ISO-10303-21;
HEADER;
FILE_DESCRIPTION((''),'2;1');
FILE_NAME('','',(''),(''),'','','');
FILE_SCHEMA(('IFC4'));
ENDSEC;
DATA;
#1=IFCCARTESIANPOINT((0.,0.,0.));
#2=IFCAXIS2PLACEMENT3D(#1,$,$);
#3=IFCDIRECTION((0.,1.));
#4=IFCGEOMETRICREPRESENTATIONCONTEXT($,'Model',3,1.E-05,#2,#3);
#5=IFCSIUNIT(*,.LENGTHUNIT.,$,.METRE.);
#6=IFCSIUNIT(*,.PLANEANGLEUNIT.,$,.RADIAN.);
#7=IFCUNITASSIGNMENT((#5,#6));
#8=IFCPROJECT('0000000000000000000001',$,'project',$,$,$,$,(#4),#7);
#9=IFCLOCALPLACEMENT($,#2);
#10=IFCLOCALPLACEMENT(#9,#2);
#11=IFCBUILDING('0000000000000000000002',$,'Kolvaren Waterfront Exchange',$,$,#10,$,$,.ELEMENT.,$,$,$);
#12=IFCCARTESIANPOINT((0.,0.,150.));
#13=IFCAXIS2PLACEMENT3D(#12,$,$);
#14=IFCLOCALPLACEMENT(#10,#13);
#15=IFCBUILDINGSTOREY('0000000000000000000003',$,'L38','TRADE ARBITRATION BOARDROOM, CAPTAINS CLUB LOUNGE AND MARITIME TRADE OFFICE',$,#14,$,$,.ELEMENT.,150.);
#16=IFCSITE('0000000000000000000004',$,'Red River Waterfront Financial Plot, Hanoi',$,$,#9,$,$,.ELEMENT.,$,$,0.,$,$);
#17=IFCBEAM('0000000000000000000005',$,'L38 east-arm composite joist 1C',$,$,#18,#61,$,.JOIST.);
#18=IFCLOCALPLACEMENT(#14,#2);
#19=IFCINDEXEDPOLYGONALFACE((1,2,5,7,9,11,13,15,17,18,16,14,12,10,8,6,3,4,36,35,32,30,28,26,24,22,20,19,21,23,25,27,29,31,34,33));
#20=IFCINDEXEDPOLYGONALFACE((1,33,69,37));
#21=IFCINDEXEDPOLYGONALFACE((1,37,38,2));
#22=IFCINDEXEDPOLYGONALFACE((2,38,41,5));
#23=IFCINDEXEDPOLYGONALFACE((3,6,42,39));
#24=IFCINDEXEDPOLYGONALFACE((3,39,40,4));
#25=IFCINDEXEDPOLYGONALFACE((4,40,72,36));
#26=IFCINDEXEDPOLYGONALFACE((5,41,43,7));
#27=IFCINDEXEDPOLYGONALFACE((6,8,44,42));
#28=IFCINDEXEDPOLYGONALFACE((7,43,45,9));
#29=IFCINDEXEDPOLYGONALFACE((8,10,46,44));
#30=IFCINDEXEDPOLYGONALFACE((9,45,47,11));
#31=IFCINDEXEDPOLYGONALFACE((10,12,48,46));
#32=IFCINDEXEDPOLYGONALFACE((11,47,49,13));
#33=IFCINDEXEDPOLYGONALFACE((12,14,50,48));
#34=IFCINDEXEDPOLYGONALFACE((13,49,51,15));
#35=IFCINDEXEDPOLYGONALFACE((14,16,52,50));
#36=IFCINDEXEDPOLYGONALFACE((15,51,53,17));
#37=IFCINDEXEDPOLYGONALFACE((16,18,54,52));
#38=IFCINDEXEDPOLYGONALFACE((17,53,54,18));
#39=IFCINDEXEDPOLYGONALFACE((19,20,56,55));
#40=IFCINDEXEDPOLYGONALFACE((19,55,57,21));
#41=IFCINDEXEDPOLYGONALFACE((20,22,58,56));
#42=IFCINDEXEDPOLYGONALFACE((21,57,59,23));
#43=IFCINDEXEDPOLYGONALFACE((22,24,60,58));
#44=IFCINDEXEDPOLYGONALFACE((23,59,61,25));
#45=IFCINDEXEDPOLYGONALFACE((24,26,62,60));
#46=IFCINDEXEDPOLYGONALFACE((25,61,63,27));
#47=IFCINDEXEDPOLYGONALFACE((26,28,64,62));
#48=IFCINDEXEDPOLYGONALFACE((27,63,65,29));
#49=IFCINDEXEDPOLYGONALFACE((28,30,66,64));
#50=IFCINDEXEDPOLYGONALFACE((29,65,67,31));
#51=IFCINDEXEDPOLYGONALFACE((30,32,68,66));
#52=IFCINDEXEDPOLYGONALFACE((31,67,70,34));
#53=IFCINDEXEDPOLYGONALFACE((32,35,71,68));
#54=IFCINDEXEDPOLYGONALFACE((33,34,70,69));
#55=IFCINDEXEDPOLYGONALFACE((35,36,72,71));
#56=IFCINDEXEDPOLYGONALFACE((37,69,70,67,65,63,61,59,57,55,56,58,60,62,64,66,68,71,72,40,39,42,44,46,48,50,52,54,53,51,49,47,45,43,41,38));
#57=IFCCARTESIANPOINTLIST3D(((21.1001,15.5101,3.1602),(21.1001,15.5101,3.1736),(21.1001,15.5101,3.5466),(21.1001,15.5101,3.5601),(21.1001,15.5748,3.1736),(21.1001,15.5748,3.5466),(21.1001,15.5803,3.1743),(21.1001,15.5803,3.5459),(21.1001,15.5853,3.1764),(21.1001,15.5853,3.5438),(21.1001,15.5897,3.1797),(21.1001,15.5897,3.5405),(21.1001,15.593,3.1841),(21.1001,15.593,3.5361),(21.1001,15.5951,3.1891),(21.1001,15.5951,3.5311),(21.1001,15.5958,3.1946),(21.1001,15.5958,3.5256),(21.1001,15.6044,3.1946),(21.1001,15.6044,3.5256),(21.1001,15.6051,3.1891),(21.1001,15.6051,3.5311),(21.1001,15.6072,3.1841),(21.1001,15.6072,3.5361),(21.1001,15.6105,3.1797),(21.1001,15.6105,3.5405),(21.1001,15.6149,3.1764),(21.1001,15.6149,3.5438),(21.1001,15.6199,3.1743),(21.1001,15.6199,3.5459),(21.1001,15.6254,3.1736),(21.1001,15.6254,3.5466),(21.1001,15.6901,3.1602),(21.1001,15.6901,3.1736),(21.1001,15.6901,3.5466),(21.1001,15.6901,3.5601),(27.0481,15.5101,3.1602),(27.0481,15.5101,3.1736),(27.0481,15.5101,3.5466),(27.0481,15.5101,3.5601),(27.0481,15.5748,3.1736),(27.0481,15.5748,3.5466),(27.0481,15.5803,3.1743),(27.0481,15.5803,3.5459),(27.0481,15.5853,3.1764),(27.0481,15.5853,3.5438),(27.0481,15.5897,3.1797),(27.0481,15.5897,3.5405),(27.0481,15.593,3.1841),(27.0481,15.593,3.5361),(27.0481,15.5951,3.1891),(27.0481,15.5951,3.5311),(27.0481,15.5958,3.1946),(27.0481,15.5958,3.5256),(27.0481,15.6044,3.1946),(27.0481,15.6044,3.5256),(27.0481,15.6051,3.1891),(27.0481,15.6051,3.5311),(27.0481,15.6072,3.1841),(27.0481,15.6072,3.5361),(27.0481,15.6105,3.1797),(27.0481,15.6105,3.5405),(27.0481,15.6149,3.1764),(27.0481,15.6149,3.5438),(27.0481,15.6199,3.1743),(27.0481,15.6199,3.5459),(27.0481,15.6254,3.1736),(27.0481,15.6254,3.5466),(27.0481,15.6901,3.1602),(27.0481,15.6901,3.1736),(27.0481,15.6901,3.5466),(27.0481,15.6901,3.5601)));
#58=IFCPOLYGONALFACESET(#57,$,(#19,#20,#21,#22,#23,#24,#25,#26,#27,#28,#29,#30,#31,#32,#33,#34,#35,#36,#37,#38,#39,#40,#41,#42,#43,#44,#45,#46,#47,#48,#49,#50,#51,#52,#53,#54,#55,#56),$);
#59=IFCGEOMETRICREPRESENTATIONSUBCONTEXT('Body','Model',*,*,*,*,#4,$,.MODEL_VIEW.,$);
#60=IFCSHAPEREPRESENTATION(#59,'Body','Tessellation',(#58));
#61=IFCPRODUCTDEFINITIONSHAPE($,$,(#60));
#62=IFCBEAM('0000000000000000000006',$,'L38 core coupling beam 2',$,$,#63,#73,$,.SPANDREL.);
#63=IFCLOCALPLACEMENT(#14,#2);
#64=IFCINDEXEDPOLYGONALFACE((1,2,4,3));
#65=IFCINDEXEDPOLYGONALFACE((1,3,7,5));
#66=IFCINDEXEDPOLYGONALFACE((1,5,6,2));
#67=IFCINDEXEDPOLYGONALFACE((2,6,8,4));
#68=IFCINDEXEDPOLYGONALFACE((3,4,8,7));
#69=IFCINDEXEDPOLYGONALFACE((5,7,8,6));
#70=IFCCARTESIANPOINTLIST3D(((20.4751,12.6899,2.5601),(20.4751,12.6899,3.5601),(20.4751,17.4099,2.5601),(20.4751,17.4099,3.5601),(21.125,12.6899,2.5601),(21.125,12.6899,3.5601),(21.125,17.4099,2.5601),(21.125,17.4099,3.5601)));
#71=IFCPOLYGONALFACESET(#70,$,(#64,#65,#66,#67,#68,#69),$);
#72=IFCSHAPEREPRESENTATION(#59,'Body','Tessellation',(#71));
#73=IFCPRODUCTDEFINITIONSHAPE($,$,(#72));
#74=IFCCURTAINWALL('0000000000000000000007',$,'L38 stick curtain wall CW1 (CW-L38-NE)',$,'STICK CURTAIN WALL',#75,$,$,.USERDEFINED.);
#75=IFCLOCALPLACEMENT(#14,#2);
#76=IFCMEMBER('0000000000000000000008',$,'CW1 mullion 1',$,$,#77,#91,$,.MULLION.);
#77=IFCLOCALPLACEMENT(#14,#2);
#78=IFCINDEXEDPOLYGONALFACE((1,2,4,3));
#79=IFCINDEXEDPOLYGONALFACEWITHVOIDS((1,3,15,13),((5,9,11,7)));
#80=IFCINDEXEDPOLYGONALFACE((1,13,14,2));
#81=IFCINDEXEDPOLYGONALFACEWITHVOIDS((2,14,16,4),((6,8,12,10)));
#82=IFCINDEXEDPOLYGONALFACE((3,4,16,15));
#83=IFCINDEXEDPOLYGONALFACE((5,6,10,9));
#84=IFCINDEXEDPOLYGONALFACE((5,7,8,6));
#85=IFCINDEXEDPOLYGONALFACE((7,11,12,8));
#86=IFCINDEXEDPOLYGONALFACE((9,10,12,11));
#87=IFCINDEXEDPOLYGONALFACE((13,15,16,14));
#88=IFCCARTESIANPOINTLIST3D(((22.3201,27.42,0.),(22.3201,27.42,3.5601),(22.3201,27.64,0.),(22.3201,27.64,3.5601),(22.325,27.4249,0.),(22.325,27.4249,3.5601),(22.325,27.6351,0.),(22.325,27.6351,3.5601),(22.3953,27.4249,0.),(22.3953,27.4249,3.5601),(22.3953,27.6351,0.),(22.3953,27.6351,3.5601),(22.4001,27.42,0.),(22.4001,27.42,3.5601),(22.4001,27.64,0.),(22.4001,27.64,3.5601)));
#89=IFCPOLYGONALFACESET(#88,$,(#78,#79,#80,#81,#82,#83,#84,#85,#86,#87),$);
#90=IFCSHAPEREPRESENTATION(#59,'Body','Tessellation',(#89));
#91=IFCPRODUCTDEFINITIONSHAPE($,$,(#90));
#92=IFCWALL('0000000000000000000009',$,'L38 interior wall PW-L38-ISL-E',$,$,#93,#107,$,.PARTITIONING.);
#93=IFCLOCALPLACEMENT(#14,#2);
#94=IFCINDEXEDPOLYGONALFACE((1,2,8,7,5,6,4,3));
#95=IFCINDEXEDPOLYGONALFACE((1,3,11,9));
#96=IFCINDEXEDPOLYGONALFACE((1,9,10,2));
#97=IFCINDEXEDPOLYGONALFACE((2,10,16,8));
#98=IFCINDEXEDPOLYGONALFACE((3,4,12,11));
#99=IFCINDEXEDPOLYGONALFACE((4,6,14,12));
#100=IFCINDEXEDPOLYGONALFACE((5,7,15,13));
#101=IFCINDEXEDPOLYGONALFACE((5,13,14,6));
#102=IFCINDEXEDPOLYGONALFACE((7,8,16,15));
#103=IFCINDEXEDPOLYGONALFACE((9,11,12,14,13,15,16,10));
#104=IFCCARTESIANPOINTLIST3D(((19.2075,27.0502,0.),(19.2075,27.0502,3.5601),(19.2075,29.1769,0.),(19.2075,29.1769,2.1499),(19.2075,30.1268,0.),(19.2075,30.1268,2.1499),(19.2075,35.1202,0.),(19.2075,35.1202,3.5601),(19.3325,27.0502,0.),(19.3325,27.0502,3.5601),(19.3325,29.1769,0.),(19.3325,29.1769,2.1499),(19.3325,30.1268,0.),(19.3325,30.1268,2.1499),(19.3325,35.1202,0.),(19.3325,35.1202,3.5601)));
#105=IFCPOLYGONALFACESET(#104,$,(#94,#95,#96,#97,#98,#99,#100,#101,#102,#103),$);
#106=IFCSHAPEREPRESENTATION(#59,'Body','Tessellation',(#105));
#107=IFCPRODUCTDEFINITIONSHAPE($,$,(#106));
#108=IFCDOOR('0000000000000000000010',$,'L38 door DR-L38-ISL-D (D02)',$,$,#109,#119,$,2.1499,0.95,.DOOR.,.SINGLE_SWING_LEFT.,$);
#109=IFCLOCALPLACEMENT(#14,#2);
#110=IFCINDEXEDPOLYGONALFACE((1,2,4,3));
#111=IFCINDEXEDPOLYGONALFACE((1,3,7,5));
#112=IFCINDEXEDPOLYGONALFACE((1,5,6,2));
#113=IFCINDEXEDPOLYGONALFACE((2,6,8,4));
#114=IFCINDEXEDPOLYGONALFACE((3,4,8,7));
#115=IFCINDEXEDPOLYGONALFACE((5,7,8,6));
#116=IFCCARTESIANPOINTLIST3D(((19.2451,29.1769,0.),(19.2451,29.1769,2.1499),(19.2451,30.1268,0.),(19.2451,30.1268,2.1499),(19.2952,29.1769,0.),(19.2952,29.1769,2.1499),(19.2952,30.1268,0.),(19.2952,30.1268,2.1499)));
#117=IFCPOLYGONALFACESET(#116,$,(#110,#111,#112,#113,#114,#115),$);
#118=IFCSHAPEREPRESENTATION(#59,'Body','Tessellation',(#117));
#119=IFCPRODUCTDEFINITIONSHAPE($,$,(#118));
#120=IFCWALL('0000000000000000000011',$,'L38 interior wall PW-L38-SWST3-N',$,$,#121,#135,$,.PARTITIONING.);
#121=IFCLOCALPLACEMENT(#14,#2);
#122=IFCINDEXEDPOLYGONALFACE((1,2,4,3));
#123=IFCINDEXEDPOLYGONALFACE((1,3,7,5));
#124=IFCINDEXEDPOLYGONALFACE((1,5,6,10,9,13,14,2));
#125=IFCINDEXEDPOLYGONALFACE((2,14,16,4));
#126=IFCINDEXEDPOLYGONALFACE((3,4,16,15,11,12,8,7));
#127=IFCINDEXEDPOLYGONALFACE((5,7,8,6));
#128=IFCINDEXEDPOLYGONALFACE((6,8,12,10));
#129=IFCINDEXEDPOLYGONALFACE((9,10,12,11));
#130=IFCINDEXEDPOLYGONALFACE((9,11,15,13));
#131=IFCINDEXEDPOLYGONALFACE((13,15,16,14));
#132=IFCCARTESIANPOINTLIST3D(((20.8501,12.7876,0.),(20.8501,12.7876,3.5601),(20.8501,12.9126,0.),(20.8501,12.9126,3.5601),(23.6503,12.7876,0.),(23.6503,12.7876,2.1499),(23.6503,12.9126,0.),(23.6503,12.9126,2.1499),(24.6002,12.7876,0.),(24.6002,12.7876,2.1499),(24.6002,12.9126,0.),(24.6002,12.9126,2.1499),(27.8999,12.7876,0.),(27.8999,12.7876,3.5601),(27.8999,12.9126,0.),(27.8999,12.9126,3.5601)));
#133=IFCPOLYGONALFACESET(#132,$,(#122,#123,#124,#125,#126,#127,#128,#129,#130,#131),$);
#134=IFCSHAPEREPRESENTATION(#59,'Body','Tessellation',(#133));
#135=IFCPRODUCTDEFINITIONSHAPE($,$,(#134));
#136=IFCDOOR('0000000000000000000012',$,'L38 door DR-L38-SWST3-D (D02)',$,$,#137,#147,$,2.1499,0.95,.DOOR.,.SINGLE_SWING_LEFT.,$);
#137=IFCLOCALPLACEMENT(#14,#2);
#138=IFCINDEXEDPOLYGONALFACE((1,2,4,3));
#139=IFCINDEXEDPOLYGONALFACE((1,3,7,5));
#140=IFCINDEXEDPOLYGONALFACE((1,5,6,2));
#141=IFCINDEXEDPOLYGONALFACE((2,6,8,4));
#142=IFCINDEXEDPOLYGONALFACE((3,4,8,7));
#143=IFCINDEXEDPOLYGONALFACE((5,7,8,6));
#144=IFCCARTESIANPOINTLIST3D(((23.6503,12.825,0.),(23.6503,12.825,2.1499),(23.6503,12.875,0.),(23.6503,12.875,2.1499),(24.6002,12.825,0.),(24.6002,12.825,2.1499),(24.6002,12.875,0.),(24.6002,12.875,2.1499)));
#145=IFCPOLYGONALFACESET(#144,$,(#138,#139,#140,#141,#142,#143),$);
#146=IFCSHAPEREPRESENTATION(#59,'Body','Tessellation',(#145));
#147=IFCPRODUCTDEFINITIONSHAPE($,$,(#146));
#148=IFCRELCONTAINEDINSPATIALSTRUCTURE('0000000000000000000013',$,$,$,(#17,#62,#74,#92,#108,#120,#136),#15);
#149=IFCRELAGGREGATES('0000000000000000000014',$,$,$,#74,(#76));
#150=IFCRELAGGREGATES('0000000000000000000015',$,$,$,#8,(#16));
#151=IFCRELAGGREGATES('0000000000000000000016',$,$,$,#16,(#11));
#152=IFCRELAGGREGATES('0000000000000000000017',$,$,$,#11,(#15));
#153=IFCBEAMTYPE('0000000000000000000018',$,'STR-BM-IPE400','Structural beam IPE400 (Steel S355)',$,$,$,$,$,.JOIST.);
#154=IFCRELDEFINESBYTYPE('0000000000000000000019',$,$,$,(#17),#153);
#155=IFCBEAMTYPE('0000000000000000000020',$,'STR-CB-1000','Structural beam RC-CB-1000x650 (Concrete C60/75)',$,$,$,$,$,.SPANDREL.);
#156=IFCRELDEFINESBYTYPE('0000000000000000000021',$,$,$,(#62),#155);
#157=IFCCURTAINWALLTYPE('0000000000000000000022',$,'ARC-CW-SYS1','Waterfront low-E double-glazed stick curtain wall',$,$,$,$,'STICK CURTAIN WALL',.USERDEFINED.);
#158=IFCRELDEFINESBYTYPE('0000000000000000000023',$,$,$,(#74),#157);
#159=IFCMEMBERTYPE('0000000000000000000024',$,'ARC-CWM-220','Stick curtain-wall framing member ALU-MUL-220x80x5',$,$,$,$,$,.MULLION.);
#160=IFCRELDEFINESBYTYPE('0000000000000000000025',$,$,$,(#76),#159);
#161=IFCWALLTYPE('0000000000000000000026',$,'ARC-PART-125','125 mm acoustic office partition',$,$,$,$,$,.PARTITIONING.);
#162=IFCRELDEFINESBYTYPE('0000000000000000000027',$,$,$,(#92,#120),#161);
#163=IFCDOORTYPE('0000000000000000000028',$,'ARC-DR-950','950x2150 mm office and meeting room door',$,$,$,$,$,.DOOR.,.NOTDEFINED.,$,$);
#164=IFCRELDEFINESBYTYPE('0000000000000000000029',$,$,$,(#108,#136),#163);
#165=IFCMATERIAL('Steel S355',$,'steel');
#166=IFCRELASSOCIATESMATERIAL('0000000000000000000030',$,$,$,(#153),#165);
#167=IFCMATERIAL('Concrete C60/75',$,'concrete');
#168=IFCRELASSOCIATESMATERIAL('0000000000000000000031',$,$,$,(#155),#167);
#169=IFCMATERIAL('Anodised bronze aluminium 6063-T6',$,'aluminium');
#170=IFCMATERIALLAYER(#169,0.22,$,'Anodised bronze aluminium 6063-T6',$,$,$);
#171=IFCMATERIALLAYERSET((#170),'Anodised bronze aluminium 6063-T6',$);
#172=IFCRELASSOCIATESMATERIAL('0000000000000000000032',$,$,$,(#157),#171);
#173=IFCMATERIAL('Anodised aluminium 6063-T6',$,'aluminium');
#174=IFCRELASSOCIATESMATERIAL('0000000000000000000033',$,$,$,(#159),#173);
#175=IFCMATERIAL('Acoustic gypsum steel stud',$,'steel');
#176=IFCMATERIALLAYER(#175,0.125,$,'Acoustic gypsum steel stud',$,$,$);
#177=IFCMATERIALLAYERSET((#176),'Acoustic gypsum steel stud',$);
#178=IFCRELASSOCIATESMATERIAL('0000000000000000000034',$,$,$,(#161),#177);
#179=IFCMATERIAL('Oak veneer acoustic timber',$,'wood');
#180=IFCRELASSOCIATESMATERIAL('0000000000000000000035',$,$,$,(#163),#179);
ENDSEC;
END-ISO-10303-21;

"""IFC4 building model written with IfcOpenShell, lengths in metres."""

from ifc_helpers import new_model, si_unit, direction, frame, frame_2d, origin, origin_with_axes, origin_2d, place, context, subcontext, project, spatial, rectangle, hollow_rectangle, i_section, extrude, source, transform, mapped, material, layer, layer_set, material_profile, profile_set, type_object, element, fill, aggregate, save


model = new_model("IFC4")

# Units and contexts
model_context = context("Model", 3, precision=1e-05, world=origin(), true_north=direction((0.0, 1.0)))
body_context = subcontext(model_context, "Body", "Model", "MODEL_VIEW")
ifc_project = project(units=[si_unit("LENGTHUNIT", "METRE"), si_unit("PLANEANGLEUNIT", "RADIAN")], contexts=[model_context])

# Site, building, storey
site_placement = place(None, origin())
site = spatial("IfcSite", under=ifc_project, at=site_placement, Name="Red River Waterfront Financial Plot, Hanoi", CompositionType="ELEMENT", RefElevation=0.0)
building_placement = place(site_placement, origin())
building = spatial("IfcBuilding", under=site, at=building_placement, Name="Kolvaren Waterfront Exchange", CompositionType="ELEMENT")
storey_placement = place(building_placement, frame((0.0, 0.0, 150.0)))
storey = spatial("IfcBuildingStorey", under=building, at=storey_placement, Name="L38", Description="TRADE ARBITRATION BOARDROOM, CAPTAINS CLUB LOUNGE AND MARITIME TRADE OFFICE", CompositionType="ELEMENT", Elevation=150.0)

# Shared definitions
ifc_material_1 = material(Name="Concrete C60/75", Category="concrete")

# Beams
ifc_material_2 = material(Name="Steel S355", Category="steel")
ifc_material_profile_1 = material_profile(ifc_material_2, i_section(OverallWidth=0.1799, OverallDepth=0.3999, WebThickness=0.0085, FlangeThickness=0.0134, FilletRadius=0.021, at=origin_2d()), Name="IPE400")
ifc_profile_set_1 = profile_set([ifc_material_profile_1], Name="Steel S355")
beam_type_1 = type_object("IfcBeamType", Name="STR-BM-IPE400", Description="Structural beam IPE400 (Steel S355)", PredefinedType="JOIST", material=ifc_profile_set_1)
for number, where, z_axis, x_axis, name in (
    (1, (21.1001, 15.6001, 3.3601), (1.0, 0.0, 0.0), (0.0, 1.0, 0.0), "L38 east-arm composite joist 1C"),
):
    element("IfcBeam", number, at=place(storey_placement, frame(where, z_axis=z_axis, x_axis=x_axis)), inside=storey, type_object=beam_type_1, Name=name, PredefinedType="JOIST", context=body_context, shape_type="SweptSolid", body=[
        extrude(i_section(OverallWidth=0.1799, OverallDepth=0.3999, WebThickness=0.0085, FlangeThickness=0.0134, FilletRadius=0.021, at=origin_2d()), origin(), (0.0, 0.0, 1.0), 5.948),
    ])
ifc_material_profile_2 = material_profile(ifc_material_1, rectangle(XDim=0.6499, YDim=1.0, at=origin_2d()), Name="RC-CB-1000x650")
ifc_profile_set_2 = profile_set([ifc_material_profile_2], Name="Concrete C60/75")
beam_type_2 = type_object("IfcBeamType", Name="STR-CB-1000", Description="Structural beam RC-CB-1000x650 (Concrete C60/75)", PredefinedType="SPANDREL", material=ifc_profile_set_2)
beam_1_placement = place(storey_placement, frame((20.8, 12.6899, 3.0601), z_axis=(0.0, 1.0, 0.0), x_axis=(-1.0, 0.0, 0.0)))
element("IfcBeam", 2, at=beam_1_placement, inside=storey, type_object=beam_type_2, Name="L38 core coupling beam 2", PredefinedType="SPANDREL", context=body_context, shape_type="SweptSolid", body=[
    extrude(rectangle(XDim=0.6499, YDim=1.0, at=origin_2d()), origin(), (0.0, 0.0, 1.0), 4.72),
])

# Curtain wall, member
ifc_material_3 = material(Name="Anodised bronze aluminium 6063-T6", Category="aluminium")
ifc_layer_1 = layer(ifc_material_3, 0.22, Name="Anodised bronze aluminium 6063-T6")
ifc_layer_set_1 = layer_set([ifc_layer_1], Name="Anodised bronze aluminium 6063-T6")
curtain_wall_type = type_object("IfcCurtainWallType", Name="ARC-CW-SYS1", Description="Waterfront low-E double-glazed stick curtain wall", ElementType="STICK CURTAIN WALL", PredefinedType="USERDEFINED", material=ifc_layer_set_1)
curtain_wall_placement = place(storey_placement, origin())
curtain_wall = element("IfcCurtainWall", 3, at=curtain_wall_placement, inside=storey, type_object=curtain_wall_type, Name="L38 stick curtain wall CW1 (CW-L38-NE)", ObjectType="STICK CURTAIN WALL", PredefinedType="USERDEFINED")
ifc_material_4 = material(Name="Anodised aluminium 6063-T6", Category="aluminium")
ifc_material_profile_3 = material_profile(ifc_material_4, hollow_rectangle(XDim=0.0801, YDim=0.22, WallThickness=0.0049, at=origin_2d()), Name="ALU-MUL-220x80x5")
ifc_profile_set_3 = profile_set([ifc_material_profile_3], Name="Anodised aluminium 6063-T6")
member_type = type_object("IfcMemberType", Name="ARC-CWM-220", Description="Stick curtain-wall framing member ALU-MUL-220x80x5", PredefinedType="MULLION", material=ifc_profile_set_3)
shared_shape_1 = source(origin_with_axes(), body_context, "Body", "SweptSolid", [
    extrude(hollow_rectangle(XDim=0.0801, YDim=0.22, WallThickness=0.0049, at=origin_2d()), origin(), (0.0, 0.0, 1.0), 3.5601),
])
member_placement = place(storey_placement, frame((22.3601, 27.53, 0.0), z_axis=(0.0, 0.0, 1.0), x_axis=(-1.0, 0.0, 0.0)))
member = element("IfcMember", 4, at=member_placement, type_object=member_type, Name="CW1 mullion 1", PredefinedType="MULLION", context=body_context, shape_type="MappedRepresentation", body=[
    mapped(shared_shape_1, transform((0.0, 0.0, 0.0), x_axis=(1.0, 0.0, 0.0), y_axis=(0.0, 1.0, 0.0), z_axis=(0.0, 0.0, 1.0), scale=1.0)),
])
aggregate(curtain_wall, [member])

# Walls, openings, doors
ifc_material_5 = material(Name="Acoustic gypsum steel stud", Category="steel")
ifc_layer_2 = layer(ifc_material_5, 0.125, Name="Acoustic gypsum steel stud")
ifc_layer_set_2 = layer_set([ifc_layer_2], Name="Acoustic gypsum steel stud")
wall_type_1 = type_object("IfcWallType", Name="ARC-PART-125", Description="125 mm acoustic office partition", PredefinedType="PARTITIONING", material=ifc_layer_set_2)
wall_1_placement = place(storey_placement, frame((19.27, 27.05, 0.0), z_axis=(0.0, 0.0, 1.0), x_axis=(0.0, 1.0, 0.0)))
wall_1 = element("IfcWall", 5, at=wall_1_placement, inside=storey, type_object=wall_type_1, Name="L38 interior wall PW-L38-ISL-E", PredefinedType="PARTITIONING", context=body_context, shape_type="SweptSolid", body=[
    extrude(rectangle(XDim=8.0701, YDim=0.125, at=frame_2d((4.0352, 0.0))), origin(), (0.0, 0.0, 1.0), 3.5601),
])
opening_1_placement = place(wall_1_placement, frame((2.1267, 0.0, 0.0)))
opening_1 = element("IfcOpeningElement", 6, at=opening_1_placement, cuts=wall_1, PredefinedType="OPENING", context=body_context, shape_type="SweptSolid", body=[
    extrude(rectangle(XDim=0.95, YDim=2.1499, at=frame_2d((0.4751, 1.075))), frame((0.0, 0.0725, 0.0), z_axis=(0.0, -1.0, 0.0), x_axis=(1.0, 0.0, 0.0)), (0.0, 0.0, 1.0), 0.145),
])
ifc_material_6 = material(Name="Oak veneer acoustic timber", Category="wood")
door_type_1 = type_object("IfcDoorType", Name="ARC-DR-950", Description="950x2150 mm office and meeting room door", OperationType="NOTDEFINED", PredefinedType="DOOR", material=ifc_material_6)
door_1_placement = place(opening_1_placement, origin())
door_1 = element("IfcDoor", 7, at=door_1_placement, inside=storey, type_object=door_type_1, Name="L38 door DR-L38-ISL-D (D02)", OperationType="SINGLE_SWING_LEFT", OverallHeight=2.1499, OverallWidth=0.95, PredefinedType="DOOR", context=body_context, shape_type="SweptSolid", body=[
    extrude(rectangle(XDim=0.95, YDim=2.1499, at=frame_2d((0.4751, 1.075))), frame((0.0, 0.0249, 0.0), z_axis=(0.0, -1.0, 0.0), x_axis=(1.0, 0.0, 0.0)), (0.0, 0.0, 1.0), 0.05),
])
fill(opening_1, door_1)
wall_2_placement = place(storey_placement, frame((20.8501, 12.8501, 0.0), z_axis=(0.0, 0.0, 1.0), x_axis=(1.0, 0.0, 0.0)))
wall_2 = element("IfcWall", 8, at=wall_2_placement, inside=storey, type_object=wall_type_1, Name="L38 interior wall PW-L38-SWST3-N", PredefinedType="PARTITIONING", context=body_context, shape_type="SweptSolid", body=[
    extrude(rectangle(XDim=7.0498, YDim=0.125, at=frame_2d((3.5249, 0.0))), origin(), (0.0, 0.0, 1.0), 3.5601),
])
opening_2_placement = place(wall_2_placement, frame((2.8, 0.0, 0.0)))
opening_2 = element("IfcOpeningElement", 9, at=opening_2_placement, cuts=wall_2, PredefinedType="OPENING", context=body_context, shape_type="SweptSolid", body=[
    extrude(rectangle(XDim=0.95, YDim=2.1499, at=frame_2d((0.4751, 1.075))), frame((0.0, 0.0725, 0.0), z_axis=(0.0, -1.0, 0.0), x_axis=(1.0, 0.0, 0.0)), (0.0, 0.0, 1.0), 0.145),
])
door_2_placement = place(opening_2_placement, origin())
door_2 = element("IfcDoor", 10, at=door_2_placement, inside=storey, type_object=door_type_1, Name="L38 door DR-L38-SWST3-D (D02)", OperationType="SINGLE_SWING_LEFT", OverallHeight=2.1499, OverallWidth=0.95, PredefinedType="DOOR", context=body_context, shape_type="SweptSolid", body=[
    extrude(rectangle(XDim=0.95, YDim=2.1499, at=frame_2d((0.4751, 1.075))), frame((0.0, 0.0249, 0.0), z_axis=(0.0, -1.0, 0.0), x_axis=(1.0, 0.0, 0.0)), (0.0, 0.0, 1.0), 0.05),
])
fill(opening_2, door_2)

save(model, "model.ifc")
